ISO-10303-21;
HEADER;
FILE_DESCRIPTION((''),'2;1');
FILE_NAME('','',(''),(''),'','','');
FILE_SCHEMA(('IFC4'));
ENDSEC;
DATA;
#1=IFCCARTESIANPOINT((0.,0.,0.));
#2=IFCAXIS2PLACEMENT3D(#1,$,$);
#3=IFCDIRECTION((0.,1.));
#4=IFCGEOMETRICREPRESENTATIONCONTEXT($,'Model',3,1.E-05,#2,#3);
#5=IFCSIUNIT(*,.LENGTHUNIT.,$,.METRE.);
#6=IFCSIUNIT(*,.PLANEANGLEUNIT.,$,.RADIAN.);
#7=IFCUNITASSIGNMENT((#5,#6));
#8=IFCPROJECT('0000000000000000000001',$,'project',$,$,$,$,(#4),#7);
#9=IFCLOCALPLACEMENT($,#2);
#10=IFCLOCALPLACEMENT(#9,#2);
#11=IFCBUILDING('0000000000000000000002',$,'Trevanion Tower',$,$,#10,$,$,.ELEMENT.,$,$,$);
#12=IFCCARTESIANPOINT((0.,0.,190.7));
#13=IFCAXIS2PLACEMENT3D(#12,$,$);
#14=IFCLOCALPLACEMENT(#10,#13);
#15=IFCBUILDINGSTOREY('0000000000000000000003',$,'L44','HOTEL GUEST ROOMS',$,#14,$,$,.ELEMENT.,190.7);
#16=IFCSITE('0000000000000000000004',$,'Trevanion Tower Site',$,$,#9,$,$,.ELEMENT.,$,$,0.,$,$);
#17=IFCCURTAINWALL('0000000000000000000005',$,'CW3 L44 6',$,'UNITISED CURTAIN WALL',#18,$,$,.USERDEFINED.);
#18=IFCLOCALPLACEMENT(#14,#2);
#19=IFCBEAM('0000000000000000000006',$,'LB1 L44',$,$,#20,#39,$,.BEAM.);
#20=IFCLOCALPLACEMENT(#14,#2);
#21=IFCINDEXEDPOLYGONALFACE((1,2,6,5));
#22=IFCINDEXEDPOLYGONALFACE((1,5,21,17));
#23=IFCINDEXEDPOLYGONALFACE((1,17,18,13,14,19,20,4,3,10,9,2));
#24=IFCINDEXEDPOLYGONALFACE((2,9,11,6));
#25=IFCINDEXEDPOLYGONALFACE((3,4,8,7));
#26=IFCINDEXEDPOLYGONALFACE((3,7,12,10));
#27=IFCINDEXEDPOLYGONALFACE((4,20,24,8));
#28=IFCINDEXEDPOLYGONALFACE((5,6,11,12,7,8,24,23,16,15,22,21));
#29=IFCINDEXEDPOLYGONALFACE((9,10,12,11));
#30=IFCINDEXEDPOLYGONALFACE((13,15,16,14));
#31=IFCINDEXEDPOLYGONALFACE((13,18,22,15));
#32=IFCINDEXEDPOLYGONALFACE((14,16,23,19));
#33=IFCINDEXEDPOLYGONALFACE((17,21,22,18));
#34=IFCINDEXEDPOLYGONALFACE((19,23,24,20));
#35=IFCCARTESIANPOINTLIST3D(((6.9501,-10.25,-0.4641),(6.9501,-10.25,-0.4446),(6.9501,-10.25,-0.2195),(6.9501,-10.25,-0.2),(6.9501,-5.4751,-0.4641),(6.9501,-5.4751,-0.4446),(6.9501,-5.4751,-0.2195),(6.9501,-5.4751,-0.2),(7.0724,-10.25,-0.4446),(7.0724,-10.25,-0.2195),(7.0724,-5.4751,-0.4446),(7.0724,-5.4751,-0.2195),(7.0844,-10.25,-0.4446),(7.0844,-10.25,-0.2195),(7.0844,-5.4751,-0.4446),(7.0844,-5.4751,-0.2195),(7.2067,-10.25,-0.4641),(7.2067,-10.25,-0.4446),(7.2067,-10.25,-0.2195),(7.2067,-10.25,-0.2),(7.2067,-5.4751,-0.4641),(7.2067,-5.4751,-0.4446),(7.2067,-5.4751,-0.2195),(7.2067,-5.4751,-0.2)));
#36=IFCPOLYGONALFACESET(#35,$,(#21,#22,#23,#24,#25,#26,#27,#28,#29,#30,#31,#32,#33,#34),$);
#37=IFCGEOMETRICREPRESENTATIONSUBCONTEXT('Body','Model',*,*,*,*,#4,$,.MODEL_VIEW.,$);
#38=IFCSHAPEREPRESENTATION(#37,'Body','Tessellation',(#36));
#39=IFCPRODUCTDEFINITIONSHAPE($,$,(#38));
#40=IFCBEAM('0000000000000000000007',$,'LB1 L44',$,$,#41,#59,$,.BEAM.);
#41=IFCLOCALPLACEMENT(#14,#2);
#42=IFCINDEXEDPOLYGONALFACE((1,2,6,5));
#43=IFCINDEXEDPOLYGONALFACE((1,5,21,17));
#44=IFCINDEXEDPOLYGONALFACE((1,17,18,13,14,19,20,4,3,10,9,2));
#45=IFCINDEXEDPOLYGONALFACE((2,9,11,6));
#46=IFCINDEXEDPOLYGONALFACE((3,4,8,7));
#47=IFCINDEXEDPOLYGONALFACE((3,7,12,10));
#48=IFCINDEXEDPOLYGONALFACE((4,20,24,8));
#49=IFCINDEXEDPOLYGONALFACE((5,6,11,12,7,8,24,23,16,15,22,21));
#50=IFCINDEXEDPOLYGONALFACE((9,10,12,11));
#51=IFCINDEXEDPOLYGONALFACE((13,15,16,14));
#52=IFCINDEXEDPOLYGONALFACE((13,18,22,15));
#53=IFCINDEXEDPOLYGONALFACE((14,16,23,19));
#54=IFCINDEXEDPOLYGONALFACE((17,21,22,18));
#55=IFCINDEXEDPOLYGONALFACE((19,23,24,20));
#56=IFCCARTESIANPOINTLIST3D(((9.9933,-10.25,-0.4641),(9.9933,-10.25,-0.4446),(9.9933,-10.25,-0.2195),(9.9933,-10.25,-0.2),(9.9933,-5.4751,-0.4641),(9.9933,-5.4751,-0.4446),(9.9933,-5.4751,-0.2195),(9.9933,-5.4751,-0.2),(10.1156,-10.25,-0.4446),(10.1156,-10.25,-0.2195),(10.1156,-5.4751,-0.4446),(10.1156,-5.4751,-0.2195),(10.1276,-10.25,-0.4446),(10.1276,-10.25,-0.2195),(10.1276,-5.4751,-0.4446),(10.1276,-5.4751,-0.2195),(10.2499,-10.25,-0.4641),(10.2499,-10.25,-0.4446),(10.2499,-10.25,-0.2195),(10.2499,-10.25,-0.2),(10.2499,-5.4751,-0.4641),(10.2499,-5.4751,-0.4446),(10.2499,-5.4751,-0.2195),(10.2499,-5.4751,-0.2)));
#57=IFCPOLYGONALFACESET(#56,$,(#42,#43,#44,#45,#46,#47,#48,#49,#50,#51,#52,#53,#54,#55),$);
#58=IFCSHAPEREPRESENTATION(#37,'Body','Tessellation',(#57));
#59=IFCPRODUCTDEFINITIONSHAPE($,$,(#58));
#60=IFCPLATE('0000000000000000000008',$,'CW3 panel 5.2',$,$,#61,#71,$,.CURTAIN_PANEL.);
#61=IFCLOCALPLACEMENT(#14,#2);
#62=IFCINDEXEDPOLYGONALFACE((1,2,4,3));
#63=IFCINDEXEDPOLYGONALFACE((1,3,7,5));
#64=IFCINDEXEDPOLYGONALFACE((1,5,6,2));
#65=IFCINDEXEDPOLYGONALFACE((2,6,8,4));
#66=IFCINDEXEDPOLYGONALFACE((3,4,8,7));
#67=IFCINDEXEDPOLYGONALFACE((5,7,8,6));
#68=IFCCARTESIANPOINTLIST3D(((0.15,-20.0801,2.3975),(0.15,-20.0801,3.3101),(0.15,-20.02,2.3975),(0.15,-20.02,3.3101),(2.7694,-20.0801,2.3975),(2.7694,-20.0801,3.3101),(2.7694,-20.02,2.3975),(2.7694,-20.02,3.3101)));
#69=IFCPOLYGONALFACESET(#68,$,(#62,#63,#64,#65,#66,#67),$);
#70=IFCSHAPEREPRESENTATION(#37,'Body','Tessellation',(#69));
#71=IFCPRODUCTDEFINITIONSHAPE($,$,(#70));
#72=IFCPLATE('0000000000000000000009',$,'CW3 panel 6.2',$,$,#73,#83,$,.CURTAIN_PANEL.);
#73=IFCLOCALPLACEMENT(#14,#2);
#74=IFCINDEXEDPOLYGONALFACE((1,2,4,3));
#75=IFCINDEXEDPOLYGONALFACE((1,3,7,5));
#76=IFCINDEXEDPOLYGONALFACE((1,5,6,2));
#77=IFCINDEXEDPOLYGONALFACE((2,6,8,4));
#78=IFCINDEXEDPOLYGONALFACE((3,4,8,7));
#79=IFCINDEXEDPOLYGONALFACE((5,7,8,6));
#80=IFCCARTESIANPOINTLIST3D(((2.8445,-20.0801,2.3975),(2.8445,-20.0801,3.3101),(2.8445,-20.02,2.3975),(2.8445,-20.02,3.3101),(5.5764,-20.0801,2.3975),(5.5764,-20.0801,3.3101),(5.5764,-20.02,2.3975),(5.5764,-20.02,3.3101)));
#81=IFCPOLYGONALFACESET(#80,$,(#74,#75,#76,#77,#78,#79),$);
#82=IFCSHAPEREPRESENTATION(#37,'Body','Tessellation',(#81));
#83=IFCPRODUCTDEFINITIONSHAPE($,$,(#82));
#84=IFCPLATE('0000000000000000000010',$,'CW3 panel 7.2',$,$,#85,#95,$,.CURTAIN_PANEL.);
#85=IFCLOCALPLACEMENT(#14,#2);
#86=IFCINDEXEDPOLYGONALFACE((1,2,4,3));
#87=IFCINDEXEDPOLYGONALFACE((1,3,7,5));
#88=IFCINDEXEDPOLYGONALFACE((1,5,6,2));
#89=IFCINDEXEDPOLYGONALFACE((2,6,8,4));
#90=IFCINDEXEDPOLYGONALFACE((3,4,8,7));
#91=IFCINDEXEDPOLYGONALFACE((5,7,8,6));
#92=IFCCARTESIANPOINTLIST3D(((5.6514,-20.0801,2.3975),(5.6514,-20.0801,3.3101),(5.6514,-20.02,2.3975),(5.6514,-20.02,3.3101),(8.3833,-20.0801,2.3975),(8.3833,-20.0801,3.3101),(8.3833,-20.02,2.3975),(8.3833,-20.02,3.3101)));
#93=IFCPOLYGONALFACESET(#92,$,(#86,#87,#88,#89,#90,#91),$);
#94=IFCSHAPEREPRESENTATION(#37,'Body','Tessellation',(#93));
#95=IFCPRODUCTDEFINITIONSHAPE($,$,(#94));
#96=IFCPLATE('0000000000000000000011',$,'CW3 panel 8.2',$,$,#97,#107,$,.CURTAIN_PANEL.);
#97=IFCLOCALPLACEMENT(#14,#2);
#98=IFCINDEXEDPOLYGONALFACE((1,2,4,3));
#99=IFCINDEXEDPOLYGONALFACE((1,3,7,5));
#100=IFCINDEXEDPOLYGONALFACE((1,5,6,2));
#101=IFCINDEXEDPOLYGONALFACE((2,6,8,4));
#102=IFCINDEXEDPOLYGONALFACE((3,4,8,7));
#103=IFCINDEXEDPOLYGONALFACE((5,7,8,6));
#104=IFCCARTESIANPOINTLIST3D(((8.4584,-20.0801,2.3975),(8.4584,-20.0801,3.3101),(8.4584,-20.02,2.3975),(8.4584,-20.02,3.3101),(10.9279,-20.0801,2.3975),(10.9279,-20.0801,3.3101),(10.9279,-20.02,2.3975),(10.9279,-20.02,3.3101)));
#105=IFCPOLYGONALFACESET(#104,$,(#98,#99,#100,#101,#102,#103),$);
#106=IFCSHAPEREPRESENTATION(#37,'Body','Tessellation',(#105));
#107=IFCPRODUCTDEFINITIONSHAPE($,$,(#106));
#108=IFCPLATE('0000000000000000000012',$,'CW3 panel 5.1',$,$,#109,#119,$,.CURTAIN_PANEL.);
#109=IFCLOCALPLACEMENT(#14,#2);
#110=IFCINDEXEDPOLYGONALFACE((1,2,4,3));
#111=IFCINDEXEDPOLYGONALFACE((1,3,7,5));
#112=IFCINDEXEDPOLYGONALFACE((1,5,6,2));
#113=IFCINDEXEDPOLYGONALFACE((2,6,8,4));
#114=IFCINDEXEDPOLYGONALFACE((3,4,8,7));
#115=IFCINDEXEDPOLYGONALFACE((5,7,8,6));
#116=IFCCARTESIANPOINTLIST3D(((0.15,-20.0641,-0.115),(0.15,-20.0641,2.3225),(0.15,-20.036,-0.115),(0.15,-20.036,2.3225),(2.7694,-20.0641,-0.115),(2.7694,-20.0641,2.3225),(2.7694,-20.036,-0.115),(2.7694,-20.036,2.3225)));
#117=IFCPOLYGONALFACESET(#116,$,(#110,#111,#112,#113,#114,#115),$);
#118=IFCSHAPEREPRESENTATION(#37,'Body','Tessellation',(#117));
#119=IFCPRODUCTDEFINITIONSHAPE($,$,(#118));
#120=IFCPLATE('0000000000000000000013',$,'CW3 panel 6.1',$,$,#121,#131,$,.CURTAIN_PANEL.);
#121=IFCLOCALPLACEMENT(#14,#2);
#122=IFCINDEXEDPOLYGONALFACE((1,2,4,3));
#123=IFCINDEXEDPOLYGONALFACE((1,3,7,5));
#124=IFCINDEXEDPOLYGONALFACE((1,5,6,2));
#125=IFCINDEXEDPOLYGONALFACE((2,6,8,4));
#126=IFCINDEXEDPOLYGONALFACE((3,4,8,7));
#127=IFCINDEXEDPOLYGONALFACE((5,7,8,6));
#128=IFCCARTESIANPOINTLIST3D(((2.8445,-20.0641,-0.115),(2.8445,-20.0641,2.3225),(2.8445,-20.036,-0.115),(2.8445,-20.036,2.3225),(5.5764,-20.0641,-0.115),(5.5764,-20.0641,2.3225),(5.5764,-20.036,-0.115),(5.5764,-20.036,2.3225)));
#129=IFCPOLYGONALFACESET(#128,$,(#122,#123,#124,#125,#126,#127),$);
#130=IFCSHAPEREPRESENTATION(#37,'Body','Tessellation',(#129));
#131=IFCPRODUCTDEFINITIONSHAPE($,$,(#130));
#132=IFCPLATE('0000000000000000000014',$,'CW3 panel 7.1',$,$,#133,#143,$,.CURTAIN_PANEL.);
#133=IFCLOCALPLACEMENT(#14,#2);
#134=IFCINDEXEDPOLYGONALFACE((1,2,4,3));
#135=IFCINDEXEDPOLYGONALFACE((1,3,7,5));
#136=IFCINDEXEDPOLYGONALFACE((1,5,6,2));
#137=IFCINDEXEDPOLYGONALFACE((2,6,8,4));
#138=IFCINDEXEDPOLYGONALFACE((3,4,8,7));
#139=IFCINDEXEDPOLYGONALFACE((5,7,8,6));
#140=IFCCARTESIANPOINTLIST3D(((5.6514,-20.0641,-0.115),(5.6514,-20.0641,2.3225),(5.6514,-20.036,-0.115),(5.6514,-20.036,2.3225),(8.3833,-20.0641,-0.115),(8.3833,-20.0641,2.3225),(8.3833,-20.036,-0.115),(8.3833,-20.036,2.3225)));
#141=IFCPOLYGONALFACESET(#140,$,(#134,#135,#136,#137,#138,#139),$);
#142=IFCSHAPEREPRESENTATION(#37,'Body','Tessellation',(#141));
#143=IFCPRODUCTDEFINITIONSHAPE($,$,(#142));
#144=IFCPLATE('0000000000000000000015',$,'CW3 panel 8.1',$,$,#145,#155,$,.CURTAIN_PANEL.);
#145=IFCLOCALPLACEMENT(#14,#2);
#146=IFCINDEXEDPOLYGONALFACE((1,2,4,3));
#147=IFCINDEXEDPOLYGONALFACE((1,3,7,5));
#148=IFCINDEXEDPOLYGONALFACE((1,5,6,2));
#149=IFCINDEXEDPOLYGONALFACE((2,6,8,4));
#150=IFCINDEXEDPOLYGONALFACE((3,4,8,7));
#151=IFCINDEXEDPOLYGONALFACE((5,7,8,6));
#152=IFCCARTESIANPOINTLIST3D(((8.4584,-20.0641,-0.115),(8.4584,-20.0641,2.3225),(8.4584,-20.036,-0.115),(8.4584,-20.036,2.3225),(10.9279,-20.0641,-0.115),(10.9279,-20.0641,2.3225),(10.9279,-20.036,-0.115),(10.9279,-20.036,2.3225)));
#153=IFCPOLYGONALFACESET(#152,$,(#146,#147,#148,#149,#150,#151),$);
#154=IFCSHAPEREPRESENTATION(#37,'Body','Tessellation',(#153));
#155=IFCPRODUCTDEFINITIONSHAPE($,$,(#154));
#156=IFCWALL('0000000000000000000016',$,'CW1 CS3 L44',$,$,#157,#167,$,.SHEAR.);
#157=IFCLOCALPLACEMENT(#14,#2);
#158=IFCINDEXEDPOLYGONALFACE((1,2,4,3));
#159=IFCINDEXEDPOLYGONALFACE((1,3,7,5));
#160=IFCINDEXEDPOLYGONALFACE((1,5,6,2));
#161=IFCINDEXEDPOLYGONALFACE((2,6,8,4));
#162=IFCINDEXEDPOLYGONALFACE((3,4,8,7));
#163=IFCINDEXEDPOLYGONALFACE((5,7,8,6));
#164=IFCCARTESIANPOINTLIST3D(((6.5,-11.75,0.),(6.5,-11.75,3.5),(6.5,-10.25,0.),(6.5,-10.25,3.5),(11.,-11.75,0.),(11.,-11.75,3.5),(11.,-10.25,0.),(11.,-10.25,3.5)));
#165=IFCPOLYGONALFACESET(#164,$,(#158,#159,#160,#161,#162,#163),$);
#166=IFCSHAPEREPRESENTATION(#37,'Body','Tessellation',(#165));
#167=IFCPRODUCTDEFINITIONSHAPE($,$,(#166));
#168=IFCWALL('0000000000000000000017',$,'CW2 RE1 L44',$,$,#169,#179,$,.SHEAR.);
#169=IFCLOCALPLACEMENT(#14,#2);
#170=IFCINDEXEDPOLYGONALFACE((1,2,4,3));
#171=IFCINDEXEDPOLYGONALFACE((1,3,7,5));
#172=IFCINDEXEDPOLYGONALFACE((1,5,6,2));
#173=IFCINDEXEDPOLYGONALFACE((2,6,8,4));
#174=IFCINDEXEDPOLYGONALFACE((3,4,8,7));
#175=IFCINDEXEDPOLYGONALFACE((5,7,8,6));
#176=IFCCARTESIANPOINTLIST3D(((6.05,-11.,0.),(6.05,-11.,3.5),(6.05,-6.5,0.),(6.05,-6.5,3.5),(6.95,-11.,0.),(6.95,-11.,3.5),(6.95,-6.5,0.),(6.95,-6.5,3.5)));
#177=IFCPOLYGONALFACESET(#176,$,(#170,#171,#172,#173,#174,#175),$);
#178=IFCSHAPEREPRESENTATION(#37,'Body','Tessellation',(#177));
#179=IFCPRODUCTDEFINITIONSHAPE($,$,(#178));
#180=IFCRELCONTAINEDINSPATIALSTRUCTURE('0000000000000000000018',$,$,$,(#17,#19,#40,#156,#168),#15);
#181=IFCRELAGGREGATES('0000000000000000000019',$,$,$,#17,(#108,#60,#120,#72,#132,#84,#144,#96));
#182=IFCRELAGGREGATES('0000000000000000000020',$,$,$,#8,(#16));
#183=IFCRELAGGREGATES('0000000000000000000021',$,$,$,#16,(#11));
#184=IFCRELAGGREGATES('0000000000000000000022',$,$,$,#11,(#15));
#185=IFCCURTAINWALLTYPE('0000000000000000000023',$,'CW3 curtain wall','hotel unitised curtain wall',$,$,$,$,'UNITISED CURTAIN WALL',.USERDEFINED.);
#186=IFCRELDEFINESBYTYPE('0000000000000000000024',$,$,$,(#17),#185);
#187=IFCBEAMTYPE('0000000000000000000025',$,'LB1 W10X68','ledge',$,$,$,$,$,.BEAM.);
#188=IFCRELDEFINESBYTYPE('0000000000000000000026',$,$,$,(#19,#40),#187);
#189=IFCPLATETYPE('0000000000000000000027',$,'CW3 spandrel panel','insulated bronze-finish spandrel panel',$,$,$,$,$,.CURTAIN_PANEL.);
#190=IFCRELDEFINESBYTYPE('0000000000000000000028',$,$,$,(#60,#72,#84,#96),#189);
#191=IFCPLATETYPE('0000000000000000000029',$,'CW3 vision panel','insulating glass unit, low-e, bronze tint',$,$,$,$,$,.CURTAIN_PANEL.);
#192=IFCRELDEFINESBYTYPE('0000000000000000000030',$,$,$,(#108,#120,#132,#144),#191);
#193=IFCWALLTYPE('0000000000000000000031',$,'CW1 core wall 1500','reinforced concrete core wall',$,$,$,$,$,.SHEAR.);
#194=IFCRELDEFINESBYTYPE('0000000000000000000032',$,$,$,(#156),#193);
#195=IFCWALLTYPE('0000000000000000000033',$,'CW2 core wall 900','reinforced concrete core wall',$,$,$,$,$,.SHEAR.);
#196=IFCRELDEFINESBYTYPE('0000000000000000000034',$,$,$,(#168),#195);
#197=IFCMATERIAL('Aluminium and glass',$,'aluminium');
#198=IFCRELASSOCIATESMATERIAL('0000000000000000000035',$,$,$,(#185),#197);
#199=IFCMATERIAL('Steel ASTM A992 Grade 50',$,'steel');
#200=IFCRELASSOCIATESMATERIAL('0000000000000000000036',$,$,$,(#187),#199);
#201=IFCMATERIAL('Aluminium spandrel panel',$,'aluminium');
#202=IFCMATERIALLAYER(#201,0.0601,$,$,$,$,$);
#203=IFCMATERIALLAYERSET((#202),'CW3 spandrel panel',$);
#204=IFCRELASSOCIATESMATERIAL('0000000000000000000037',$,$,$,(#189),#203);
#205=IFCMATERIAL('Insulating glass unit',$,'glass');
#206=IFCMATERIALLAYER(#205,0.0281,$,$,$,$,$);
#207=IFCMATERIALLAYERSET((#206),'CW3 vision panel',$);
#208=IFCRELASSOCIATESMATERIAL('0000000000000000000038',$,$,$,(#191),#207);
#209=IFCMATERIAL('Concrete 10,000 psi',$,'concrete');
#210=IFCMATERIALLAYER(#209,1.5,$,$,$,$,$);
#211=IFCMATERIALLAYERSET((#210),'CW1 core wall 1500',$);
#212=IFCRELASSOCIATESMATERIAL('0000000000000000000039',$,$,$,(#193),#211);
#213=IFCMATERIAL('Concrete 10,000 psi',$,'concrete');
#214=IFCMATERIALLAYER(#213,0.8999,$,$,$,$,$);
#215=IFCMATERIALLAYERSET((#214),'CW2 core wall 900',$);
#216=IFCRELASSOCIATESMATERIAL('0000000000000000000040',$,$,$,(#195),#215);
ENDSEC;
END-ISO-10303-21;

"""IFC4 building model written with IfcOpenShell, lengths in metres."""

from ifc_helpers import new_model, si_unit, direction, frame, frame_2d, origin, origin_2d, place, context, subcontext, project, spatial, rectangle, i_section, extrude, material, layer, layer_set, material_profile, profile_set, type_object, element, aggregate, save


model = new_model("IFC4")

# Units and contexts
model_context = context("Model", 3, precision=1e-05, world=origin(), true_north=direction((0.0, 1.0)))
body_context = subcontext(model_context, "Body", "Model", "MODEL_VIEW")
ifc_project = project(units=[si_unit("LENGTHUNIT", "METRE"), si_unit("PLANEANGLEUNIT", "RADIAN")], contexts=[model_context])

# Site, building, storey
site_placement = place(None, origin())
site = spatial("IfcSite", under=ifc_project, at=site_placement, Name="Trevanion Tower Site", CompositionType="ELEMENT", RefElevation=0.0)
building_placement = place(site_placement, origin())
building = spatial("IfcBuilding", under=site, at=building_placement, Name="Trevanion Tower", CompositionType="ELEMENT")
storey_placement = place(building_placement, frame((0.0, 0.0, 190.7)))
storey = spatial("IfcBuildingStorey", under=building, at=storey_placement, Name="L44", Description="HOTEL GUEST ROOMS", CompositionType="ELEMENT", Elevation=190.7)

# Curtain wall
ifc_material_1 = material(Name="Aluminium and glass", Category="aluminium")
curtain_wall_type = type_object("IfcCurtainWallType", Name="CW3 curtain wall", Description="hotel unitised curtain wall", ElementType="UNITISED CURTAIN WALL", PredefinedType="USERDEFINED", material=ifc_material_1)
curtain_wall_placement = place(storey_placement, origin())
curtain_wall = element("IfcCurtainWall", 1, at=curtain_wall_placement, inside=storey, type_object=curtain_wall_type, Name="CW3 L44 6", ObjectType="UNITISED CURTAIN WALL", PredefinedType="USERDEFINED")

# Beams
ifc_material_2 = material(Name="Steel ASTM A992 Grade 50", Category="steel")
ifc_material_profile_1 = material_profile(ifc_material_2, i_section(OverallWidth=0.2566, OverallDepth=0.2642, WebThickness=0.012, FlangeThickness=0.0195, at=origin_2d()), Name="W10X68")
ifc_profile_set_1 = profile_set([ifc_material_profile_1], Name="Steel ASTM A992 Grade 50")
beam_type_1 = type_object("IfcBeamType", Name="LB1 W10X68", Description="ledge", PredefinedType="BEAM", material=ifc_profile_set_1)
for number, where, z_axis, x_axis, name in (
    (2, (7.0784, -10.25, -0.332), (0.0, 1.0, 0.0), (-1.0, 0.0, 0.0), "LB1 L44"),
    (3, (10.1216, -10.25, -0.332), (0.0, 1.0, 0.0), (-1.0, 0.0, 0.0), "LB1 L44"),
):
    element("IfcBeam", number, at=place(storey_placement, frame(where, z_axis=z_axis, x_axis=x_axis)), inside=storey, type_object=beam_type_1, Name=name, PredefinedType="BEAM", context=body_context, shape_type="SweptSolid", body=[
        extrude(i_section(OverallWidth=0.2566, OverallDepth=0.2642, WebThickness=0.012, FlangeThickness=0.0195, at=origin_2d()), origin(), (0.0, 0.0, 1.0), 4.7749),
    ])

# Plates
ifc_material_3 = material(Name="Aluminium spandrel panel", Category="aluminium")
ifc_layer_1 = layer(ifc_material_3, 0.0601)
ifc_layer_set_1 = layer_set([ifc_layer_1], Name="CW3 spandrel panel")
plate_type_1 = type_object("IfcPlateType", Name="CW3 spandrel panel", Description="insulated bronze-finish spandrel panel", PredefinedType="CURTAIN_PANEL", material=ifc_layer_set_1)
plate_1_placement = place(storey_placement, frame((1.4597, -20.05, 2.3975), z_axis=(0.0, 0.0, 1.0), x_axis=(1.0, 0.0, 0.0)))
plate_1 = element("IfcPlate", 4, at=plate_1_placement, type_object=plate_type_1, Name="CW3 panel 5.2", PredefinedType="CURTAIN_PANEL", context=body_context, shape_type="SweptSolid", body=[
    extrude(rectangle(XDim=2.6194, YDim=0.0601, at=origin_2d()), origin(), (0.0, 0.0, 1.0), 0.9126),
])
plate_2_placement = place(storey_placement, frame((4.2104, -20.05, 2.3975), z_axis=(0.0, 0.0, 1.0), x_axis=(1.0, 0.0, 0.0)))
plate_2 = element("IfcPlate", 5, at=plate_2_placement, type_object=plate_type_1, Name="CW3 panel 6.2", PredefinedType="CURTAIN_PANEL", context=body_context, shape_type="SweptSolid", body=[
    extrude(rectangle(XDim=2.7319, YDim=0.0601, at=origin_2d()), origin(), (0.0, 0.0, 1.0), 0.9126),
])
plate_3_placement = place(storey_placement, frame((7.0173, -20.05, 2.3975), z_axis=(0.0, 0.0, 1.0), x_axis=(1.0, 0.0, 0.0)))
plate_3 = element("IfcPlate", 6, at=plate_3_placement, type_object=plate_type_1, Name="CW3 panel 7.2", PredefinedType="CURTAIN_PANEL", context=body_context, shape_type="SweptSolid", body=[
    extrude(rectangle(XDim=2.7319, YDim=0.0601, at=origin_2d()), origin(), (0.0, 0.0, 1.0), 0.9126),
])
plate_4_placement = place(storey_placement, frame((9.6931, -20.05, 2.3975), z_axis=(0.0, 0.0, 1.0), x_axis=(1.0, 0.0, 0.0)))
plate_4 = element("IfcPlate", 7, at=plate_4_placement, type_object=plate_type_1, Name="CW3 panel 8.2", PredefinedType="CURTAIN_PANEL", context=body_context, shape_type="SweptSolid", body=[
    extrude(rectangle(XDim=2.4695, YDim=0.0601, at=origin_2d()), origin(), (0.0, 0.0, 1.0), 0.9126),
])
ifc_material_4 = material(Name="Insulating glass unit", Category="glass")
ifc_layer_2 = layer(ifc_material_4, 0.0281)
ifc_layer_set_2 = layer_set([ifc_layer_2], Name="CW3 vision panel")
plate_type_2 = type_object("IfcPlateType", Name="CW3 vision panel", Description="insulating glass unit, low-e, bronze tint", PredefinedType="CURTAIN_PANEL", material=ifc_layer_set_2)
plate_5_placement = place(storey_placement, frame((1.4597, -20.05, -0.115), z_axis=(0.0, 0.0, 1.0), x_axis=(1.0, 0.0, 0.0)))
plate_5 = element("IfcPlate", 8, at=plate_5_placement, type_object=plate_type_2, Name="CW3 panel 5.1", PredefinedType="CURTAIN_PANEL", context=body_context, shape_type="SweptSolid", body=[
    extrude(rectangle(XDim=2.6194, YDim=0.0281, at=origin_2d()), origin(), (0.0, 0.0, 1.0), 2.4375),
])
plate_6_placement = place(storey_placement, frame((4.2104, -20.05, -0.115), z_axis=(0.0, 0.0, 1.0), x_axis=(1.0, 0.0, 0.0)))
plate_6 = element("IfcPlate", 9, at=plate_6_placement, type_object=plate_type_2, Name="CW3 panel 6.1", PredefinedType="CURTAIN_PANEL", context=body_context, shape_type="SweptSolid", body=[
    extrude(rectangle(XDim=2.7319, YDim=0.0281, at=origin_2d()), origin(), (0.0, 0.0, 1.0), 2.4375),
])
plate_7_placement = place(storey_placement, frame((7.0173, -20.05, -0.115), z_axis=(0.0, 0.0, 1.0), x_axis=(1.0, 0.0, 0.0)))
plate_7 = element("IfcPlate", 10, at=plate_7_placement, type_object=plate_type_2, Name="CW3 panel 7.1", PredefinedType="CURTAIN_PANEL", context=body_context, shape_type="SweptSolid", body=[
    extrude(rectangle(XDim=2.7319, YDim=0.0281, at=origin_2d()), origin(), (0.0, 0.0, 1.0), 2.4375),
])
plate_8_placement = place(storey_placement, frame((9.6931, -20.05, -0.115), z_axis=(0.0, 0.0, 1.0), x_axis=(1.0, 0.0, 0.0)))
plate_8 = element("IfcPlate", 11, at=plate_8_placement, type_object=plate_type_2, Name="CW3 panel 8.1", PredefinedType="CURTAIN_PANEL", context=body_context, shape_type="SweptSolid", body=[
    extrude(rectangle(XDim=2.4695, YDim=0.0281, at=origin_2d()), origin(), (0.0, 0.0, 1.0), 2.4375),
])
aggregate(curtain_wall, [plate_5, plate_1, plate_6, plate_2, plate_7, plate_3, plate_8, plate_4])

# Walls
ifc_material_5 = material(Name="Concrete 10,000 psi", Category="concrete")
ifc_layer_3 = layer(ifc_material_5, 1.5)
ifc_layer_set_3 = layer_set([ifc_layer_3], Name="CW1 core wall 1500")
wall_type_1 = type_object("IfcWallType", Name="CW1 core wall 1500", Description="reinforced concrete core wall", PredefinedType="SHEAR", material=ifc_layer_set_3)
wall_1_placement = place(storey_placement, frame((6.5, -11.0, 0.0), z_axis=(0.0, 0.0, 1.0), x_axis=(1.0, 0.0, 0.0)))
element("IfcWall", 12, at=wall_1_placement, inside=storey, type_object=wall_type_1, Name="CW1 CS3 L44", PredefinedType="SHEAR", context=body_context, shape_type="SweptSolid", body=[
    extrude(rectangle(XDim=4.5, YDim=1.5, at=frame_2d((2.25, 0.0))), origin(), (0.0, 0.0, 1.0), 3.5),
])
ifc_material_6 = material(Name="Concrete 10,000 psi", Category="concrete")
ifc_layer_4 = layer(ifc_material_6, 0.8999)
ifc_layer_set_4 = layer_set([ifc_layer_4], Name="CW2 core wall 900")
wall_type_2 = type_object("IfcWallType", Name="CW2 core wall 900", Description="reinforced concrete core wall", PredefinedType="SHEAR", material=ifc_layer_set_4)
wall_2_placement = place(storey_placement, frame((6.5, -11.0, 0.0), z_axis=(0.0, 0.0, 1.0), x_axis=(0.0, 1.0, 0.0)))
element("IfcWall", 13, at=wall_2_placement, inside=storey, type_object=wall_type_2, Name="CW2 RE1 L44", PredefinedType="SHEAR", context=body_context, shape_type="SweptSolid", body=[
    extrude(rectangle(XDim=4.5, YDim=0.8999, at=frame_2d((2.25, 0.0))), origin(), (0.0, 0.0, 1.0), 3.5),
])

save(model, "model.ifc")
